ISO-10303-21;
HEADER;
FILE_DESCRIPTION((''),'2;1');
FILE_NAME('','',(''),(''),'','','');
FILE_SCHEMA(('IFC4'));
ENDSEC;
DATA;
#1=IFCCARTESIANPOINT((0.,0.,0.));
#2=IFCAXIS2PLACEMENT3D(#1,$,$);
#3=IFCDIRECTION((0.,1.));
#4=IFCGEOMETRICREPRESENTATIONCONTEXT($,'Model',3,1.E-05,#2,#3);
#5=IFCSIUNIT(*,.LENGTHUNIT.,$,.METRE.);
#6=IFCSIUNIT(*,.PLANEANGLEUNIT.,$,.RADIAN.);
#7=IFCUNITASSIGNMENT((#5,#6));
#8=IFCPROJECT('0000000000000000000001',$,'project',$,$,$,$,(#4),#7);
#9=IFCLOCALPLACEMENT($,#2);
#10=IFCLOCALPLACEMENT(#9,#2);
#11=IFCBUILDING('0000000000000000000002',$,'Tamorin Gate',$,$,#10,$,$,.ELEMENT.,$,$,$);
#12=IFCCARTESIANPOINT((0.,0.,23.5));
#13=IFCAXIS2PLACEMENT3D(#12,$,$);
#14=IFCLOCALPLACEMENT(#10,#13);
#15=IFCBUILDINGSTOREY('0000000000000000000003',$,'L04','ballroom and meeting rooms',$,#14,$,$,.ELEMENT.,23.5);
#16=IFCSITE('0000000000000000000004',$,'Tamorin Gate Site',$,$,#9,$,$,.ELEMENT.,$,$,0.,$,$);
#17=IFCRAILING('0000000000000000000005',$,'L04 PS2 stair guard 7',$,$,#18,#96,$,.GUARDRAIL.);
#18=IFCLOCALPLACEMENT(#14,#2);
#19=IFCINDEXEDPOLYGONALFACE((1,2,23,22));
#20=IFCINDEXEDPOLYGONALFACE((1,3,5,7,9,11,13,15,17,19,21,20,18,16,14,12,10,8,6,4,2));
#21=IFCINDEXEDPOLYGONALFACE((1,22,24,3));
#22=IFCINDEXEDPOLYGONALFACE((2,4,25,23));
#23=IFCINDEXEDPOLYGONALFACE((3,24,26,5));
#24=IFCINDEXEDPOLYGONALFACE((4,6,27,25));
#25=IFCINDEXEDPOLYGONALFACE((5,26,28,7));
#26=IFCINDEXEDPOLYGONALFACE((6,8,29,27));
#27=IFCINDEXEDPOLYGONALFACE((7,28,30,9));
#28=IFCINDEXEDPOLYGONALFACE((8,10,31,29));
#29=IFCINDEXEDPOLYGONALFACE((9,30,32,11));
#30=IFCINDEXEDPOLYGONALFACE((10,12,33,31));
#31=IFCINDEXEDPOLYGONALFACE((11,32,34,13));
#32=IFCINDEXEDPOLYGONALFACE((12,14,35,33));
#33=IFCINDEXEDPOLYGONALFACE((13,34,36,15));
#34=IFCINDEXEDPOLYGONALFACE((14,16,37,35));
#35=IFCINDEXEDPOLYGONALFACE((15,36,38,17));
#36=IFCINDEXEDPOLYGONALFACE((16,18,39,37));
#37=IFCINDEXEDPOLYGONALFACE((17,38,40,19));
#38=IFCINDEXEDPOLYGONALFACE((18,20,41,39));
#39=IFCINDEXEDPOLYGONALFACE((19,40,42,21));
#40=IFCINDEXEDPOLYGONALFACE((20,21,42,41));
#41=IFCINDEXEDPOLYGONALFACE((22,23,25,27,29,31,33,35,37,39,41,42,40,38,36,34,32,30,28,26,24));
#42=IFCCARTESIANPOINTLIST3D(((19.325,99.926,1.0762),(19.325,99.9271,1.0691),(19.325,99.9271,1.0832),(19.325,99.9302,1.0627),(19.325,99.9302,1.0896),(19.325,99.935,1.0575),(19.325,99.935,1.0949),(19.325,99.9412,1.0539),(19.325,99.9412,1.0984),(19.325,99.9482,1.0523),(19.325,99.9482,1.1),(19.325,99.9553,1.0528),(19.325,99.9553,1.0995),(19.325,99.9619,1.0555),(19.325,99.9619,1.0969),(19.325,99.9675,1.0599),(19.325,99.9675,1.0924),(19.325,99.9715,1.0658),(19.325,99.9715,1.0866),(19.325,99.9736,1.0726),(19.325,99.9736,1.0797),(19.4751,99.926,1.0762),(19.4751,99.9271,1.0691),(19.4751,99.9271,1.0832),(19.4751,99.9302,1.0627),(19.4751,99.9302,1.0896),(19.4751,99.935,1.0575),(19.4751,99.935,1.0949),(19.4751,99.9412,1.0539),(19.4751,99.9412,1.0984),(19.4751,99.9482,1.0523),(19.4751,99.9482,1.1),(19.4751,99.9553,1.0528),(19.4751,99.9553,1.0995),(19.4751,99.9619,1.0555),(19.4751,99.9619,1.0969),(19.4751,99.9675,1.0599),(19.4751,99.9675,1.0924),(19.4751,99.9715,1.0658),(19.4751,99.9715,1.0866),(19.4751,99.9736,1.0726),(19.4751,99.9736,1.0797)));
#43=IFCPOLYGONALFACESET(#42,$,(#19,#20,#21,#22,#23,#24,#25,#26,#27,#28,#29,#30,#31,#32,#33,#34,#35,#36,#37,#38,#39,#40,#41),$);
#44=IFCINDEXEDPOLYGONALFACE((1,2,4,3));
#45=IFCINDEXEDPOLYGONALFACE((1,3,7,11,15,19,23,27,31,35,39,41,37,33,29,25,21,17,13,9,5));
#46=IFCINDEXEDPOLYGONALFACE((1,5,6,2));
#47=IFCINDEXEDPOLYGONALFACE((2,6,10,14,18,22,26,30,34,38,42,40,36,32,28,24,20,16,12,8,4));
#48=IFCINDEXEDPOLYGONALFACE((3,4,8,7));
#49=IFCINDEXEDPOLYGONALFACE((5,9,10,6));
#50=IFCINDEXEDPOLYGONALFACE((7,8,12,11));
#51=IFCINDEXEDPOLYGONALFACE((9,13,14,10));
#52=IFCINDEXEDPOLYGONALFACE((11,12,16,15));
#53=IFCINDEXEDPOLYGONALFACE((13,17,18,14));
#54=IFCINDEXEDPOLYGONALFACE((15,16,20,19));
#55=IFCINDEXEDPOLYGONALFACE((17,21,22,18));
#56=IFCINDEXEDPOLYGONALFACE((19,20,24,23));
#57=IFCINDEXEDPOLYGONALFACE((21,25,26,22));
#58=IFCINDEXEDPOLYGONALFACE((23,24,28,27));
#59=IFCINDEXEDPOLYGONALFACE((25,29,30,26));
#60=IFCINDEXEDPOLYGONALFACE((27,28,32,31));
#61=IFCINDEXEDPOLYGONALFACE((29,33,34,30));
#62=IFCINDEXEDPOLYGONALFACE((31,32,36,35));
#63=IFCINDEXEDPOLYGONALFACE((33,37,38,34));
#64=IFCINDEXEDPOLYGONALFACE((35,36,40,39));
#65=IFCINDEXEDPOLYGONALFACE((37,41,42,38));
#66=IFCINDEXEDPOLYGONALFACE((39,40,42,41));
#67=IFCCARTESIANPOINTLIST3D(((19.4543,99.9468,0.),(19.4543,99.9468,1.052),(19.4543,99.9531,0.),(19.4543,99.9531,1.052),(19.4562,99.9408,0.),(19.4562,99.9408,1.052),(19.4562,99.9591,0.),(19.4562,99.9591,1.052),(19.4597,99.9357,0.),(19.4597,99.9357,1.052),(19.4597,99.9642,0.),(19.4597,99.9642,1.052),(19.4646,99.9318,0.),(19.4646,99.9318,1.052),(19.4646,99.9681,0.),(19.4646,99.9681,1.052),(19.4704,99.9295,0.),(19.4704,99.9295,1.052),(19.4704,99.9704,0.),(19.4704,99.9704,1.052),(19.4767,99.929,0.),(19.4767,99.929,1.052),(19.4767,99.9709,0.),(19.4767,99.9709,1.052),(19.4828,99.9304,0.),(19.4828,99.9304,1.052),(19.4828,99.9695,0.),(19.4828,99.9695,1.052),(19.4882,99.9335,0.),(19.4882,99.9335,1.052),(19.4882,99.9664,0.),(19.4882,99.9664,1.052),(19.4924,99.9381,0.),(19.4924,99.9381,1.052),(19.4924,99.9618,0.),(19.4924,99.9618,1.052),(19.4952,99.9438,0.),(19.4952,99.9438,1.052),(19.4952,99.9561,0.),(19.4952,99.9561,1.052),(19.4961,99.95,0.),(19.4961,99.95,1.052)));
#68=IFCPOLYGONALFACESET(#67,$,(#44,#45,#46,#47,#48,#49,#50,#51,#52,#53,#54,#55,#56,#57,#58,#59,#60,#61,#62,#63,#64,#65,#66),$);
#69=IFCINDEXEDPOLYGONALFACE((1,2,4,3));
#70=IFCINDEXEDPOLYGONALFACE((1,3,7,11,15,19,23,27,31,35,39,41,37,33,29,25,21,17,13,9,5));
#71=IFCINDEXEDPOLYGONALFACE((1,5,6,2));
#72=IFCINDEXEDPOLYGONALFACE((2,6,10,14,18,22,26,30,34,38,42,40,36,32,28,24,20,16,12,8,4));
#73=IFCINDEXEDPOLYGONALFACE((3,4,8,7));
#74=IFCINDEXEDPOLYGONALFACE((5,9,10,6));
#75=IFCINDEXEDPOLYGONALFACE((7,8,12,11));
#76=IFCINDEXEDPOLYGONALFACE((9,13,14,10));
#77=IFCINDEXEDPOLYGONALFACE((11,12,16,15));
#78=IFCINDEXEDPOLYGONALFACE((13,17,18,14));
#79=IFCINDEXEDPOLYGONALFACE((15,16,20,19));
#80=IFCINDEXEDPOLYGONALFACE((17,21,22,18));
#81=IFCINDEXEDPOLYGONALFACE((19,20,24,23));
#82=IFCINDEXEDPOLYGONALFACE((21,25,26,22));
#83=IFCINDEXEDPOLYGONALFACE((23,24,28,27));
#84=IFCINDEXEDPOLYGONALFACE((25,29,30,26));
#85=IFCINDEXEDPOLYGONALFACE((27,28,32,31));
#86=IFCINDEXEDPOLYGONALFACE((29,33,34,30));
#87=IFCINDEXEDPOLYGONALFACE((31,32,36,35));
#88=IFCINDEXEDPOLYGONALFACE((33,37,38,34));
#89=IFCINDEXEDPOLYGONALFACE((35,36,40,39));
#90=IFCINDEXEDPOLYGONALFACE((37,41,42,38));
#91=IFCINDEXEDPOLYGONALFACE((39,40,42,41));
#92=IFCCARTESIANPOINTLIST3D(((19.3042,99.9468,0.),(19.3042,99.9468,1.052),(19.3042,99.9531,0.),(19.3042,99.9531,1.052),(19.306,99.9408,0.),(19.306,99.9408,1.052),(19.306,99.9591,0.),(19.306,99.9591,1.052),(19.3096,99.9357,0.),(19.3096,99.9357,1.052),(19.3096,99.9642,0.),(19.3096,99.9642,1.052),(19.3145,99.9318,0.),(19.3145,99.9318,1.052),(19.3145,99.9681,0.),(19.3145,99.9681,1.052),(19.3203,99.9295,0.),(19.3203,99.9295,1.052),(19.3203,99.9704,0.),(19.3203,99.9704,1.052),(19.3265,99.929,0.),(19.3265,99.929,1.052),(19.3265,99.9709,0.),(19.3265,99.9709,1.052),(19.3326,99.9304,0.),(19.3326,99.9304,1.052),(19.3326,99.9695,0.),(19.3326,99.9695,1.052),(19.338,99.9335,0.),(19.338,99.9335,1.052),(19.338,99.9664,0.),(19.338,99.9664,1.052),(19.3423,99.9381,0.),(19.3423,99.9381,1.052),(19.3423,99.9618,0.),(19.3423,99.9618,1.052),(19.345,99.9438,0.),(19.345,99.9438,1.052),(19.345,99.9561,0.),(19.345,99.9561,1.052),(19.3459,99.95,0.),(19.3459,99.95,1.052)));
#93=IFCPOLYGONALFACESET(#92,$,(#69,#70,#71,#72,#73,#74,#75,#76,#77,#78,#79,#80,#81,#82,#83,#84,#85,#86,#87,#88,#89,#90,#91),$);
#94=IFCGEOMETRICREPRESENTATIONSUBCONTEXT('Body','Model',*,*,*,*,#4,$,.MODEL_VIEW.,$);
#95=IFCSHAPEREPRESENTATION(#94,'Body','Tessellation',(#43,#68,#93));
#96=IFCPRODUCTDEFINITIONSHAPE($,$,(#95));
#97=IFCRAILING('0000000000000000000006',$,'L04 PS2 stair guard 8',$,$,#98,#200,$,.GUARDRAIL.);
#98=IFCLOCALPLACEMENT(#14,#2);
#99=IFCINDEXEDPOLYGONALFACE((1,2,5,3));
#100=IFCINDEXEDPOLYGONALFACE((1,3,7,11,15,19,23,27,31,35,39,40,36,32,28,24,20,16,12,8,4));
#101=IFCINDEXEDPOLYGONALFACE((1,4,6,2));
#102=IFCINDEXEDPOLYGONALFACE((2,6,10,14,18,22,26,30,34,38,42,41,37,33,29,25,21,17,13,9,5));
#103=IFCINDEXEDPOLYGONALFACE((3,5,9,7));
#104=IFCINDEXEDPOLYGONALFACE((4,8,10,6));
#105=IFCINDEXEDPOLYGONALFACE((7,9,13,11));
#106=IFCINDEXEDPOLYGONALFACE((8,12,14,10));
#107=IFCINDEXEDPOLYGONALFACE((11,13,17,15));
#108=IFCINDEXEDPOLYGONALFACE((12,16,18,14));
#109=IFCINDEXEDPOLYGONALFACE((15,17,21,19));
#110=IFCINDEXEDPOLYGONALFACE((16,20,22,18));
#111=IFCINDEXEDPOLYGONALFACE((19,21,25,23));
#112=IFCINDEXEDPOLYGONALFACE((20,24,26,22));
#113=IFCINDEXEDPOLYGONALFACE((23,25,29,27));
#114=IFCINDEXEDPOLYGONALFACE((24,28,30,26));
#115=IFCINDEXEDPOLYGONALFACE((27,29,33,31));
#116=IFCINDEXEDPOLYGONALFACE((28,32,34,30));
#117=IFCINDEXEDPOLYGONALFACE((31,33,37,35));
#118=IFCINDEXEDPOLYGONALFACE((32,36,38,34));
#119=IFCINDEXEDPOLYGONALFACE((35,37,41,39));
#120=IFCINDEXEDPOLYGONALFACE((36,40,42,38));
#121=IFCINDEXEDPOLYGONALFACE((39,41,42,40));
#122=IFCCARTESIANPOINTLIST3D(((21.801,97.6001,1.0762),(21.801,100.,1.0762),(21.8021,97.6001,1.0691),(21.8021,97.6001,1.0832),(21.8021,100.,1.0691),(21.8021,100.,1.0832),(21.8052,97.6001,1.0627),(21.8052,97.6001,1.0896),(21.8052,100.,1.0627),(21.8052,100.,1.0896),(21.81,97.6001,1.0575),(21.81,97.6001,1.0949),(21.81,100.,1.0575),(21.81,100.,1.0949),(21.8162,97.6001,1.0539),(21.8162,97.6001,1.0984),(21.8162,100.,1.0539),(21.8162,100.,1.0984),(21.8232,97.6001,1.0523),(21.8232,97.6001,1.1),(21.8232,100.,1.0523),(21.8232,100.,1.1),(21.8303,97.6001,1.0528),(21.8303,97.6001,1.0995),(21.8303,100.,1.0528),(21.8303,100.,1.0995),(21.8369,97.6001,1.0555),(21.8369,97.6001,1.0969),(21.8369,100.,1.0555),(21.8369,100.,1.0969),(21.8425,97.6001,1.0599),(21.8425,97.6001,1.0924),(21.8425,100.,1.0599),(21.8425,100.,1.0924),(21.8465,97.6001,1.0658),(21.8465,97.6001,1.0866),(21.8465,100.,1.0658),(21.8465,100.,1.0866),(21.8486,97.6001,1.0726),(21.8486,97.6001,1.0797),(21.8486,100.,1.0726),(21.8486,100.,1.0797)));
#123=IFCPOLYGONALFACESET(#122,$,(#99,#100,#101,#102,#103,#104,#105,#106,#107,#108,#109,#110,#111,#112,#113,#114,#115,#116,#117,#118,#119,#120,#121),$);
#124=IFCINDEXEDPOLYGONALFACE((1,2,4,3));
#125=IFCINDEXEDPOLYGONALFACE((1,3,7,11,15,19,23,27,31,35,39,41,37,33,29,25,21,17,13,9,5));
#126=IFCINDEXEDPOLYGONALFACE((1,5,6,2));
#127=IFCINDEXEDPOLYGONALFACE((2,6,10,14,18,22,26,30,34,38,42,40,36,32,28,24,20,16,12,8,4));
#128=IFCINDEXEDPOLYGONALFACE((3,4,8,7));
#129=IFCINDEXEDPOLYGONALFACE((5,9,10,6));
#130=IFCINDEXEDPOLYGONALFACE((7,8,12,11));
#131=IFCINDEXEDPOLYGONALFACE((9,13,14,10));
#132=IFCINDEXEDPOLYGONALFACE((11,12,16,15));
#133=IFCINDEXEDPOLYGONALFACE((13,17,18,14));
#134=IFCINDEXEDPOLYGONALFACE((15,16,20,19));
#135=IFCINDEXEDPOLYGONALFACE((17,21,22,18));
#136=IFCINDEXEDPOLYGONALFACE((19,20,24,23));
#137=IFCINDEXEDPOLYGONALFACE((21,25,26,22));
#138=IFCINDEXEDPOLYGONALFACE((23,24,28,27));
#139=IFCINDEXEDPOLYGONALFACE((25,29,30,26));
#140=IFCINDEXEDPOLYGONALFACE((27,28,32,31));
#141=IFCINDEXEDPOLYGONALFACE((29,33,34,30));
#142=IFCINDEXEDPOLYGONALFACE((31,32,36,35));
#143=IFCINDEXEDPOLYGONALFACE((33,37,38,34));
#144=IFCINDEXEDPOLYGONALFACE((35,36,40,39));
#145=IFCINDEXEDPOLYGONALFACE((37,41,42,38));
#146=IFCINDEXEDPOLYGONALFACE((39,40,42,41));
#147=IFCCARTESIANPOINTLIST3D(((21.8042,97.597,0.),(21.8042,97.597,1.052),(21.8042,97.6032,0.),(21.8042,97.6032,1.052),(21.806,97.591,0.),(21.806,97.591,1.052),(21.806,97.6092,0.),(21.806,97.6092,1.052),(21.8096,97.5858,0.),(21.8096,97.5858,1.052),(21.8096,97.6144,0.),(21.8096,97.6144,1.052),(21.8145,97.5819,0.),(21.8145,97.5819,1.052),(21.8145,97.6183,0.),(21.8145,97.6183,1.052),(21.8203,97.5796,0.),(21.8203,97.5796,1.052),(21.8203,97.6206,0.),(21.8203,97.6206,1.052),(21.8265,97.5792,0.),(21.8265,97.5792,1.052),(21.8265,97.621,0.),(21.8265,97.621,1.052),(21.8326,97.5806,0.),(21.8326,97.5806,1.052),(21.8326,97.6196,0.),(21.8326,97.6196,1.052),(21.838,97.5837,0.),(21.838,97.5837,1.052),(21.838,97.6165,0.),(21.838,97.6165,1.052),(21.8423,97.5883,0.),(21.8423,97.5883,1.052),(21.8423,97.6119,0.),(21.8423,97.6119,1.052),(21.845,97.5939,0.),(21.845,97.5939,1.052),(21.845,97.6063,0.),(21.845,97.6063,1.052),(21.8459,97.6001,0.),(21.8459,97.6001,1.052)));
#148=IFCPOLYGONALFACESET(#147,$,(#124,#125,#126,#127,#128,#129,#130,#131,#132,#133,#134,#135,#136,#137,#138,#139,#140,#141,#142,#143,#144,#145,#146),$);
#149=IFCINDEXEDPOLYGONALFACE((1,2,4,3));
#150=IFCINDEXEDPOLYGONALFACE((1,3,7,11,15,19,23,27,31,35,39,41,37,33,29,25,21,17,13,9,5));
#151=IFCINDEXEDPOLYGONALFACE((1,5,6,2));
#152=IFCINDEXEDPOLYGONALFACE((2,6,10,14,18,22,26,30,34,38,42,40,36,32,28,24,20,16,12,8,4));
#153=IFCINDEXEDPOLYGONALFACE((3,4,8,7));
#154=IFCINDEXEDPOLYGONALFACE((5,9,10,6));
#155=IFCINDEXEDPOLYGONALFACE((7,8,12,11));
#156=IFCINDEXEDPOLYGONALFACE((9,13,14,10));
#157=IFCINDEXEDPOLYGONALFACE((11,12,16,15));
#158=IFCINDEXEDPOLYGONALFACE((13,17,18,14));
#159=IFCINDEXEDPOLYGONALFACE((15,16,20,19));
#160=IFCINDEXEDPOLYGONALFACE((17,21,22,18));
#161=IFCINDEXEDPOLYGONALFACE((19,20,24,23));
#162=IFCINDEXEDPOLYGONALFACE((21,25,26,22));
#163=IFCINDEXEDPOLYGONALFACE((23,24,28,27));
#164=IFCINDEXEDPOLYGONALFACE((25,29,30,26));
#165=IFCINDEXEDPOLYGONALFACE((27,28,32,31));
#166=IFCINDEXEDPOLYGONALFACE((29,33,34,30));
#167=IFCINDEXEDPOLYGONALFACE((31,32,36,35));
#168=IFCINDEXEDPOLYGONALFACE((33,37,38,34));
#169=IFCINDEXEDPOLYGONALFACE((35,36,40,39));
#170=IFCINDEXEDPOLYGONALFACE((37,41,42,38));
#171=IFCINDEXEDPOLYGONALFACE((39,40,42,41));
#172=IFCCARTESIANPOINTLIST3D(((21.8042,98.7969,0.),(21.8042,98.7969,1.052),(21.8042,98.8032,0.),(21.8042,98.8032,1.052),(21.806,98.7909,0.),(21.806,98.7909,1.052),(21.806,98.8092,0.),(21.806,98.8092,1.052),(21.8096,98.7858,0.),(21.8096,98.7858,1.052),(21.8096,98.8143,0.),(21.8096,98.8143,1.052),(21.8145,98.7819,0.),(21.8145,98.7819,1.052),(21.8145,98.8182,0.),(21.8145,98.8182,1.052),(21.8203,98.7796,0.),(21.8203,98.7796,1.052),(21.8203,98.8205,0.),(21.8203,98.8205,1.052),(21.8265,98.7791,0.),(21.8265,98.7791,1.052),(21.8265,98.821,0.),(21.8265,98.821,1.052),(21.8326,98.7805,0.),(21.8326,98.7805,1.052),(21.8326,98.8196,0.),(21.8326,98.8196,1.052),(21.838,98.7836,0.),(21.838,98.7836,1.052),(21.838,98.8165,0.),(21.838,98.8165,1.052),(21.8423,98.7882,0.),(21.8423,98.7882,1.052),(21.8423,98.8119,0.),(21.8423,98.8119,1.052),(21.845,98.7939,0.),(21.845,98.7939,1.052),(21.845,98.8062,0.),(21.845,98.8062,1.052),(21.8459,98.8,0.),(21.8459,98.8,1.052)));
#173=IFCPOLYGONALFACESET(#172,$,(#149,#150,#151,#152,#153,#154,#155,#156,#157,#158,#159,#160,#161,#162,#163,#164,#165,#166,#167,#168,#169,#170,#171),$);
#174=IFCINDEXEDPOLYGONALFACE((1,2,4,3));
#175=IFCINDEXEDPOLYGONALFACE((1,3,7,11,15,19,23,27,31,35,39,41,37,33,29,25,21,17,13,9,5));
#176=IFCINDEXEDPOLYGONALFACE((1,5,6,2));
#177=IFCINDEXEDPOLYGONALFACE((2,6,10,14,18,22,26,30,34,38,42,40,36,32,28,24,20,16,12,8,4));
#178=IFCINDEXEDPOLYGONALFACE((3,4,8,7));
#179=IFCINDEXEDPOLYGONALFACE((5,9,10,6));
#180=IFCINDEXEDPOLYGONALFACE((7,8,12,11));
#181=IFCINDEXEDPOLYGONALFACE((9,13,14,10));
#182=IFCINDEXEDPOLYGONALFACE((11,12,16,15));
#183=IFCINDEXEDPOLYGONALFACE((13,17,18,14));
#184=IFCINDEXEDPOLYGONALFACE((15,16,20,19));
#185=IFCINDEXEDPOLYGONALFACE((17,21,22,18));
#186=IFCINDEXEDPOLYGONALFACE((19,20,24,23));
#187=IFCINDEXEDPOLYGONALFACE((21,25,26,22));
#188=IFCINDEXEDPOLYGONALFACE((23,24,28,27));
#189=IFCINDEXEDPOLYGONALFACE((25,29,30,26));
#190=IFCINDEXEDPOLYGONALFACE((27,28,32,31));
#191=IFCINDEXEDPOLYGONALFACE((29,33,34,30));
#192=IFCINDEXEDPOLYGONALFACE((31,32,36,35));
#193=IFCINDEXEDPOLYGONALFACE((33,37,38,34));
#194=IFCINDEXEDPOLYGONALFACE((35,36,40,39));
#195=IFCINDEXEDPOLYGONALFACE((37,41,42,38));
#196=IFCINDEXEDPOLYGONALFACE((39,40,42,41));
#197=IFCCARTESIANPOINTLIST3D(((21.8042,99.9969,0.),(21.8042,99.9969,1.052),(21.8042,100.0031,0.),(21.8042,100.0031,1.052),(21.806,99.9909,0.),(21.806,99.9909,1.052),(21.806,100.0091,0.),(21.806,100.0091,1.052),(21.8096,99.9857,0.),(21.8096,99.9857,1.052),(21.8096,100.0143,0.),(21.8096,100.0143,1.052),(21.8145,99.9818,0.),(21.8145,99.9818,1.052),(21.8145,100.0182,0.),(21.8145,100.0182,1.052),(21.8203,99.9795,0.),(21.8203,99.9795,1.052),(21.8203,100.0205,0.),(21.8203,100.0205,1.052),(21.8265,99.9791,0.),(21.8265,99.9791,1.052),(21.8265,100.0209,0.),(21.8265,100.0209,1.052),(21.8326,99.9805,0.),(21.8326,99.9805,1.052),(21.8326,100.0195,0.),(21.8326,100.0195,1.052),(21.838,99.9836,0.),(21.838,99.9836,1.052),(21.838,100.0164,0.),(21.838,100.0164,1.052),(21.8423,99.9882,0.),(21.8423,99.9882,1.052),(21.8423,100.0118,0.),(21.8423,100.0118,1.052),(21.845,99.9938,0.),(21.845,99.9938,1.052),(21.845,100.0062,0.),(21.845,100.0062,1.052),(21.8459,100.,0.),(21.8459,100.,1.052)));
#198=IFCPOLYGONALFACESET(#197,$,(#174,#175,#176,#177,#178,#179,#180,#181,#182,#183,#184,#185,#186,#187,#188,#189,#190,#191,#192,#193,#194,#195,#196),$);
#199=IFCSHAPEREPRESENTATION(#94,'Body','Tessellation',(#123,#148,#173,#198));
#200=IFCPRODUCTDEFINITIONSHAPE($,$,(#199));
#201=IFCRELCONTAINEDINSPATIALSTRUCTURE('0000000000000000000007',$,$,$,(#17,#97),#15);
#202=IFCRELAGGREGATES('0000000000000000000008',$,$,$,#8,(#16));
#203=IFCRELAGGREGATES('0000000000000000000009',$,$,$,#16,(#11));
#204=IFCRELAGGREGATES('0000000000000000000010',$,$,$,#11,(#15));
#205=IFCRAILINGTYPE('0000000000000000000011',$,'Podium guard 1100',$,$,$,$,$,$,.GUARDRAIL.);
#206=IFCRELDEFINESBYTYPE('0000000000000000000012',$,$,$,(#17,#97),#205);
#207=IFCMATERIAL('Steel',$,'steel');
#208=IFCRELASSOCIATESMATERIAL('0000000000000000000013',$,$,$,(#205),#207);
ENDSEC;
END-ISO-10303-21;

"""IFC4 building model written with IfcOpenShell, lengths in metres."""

from ifc_helpers import new_model, si_unit, direction, frame, origin, origin_2d, place, context, subcontext, project, spatial, circle, extrude, material, type_object, element, save


model = new_model("IFC4")

# Units and contexts
model_context = context("Model", 3, precision=1e-05, world=origin(), true_north=direction((0.0, 1.0)))
body_context = subcontext(model_context, "Body", "Model", "MODEL_VIEW")
ifc_project = project(units=[si_unit("LENGTHUNIT", "METRE"), si_unit("PLANEANGLEUNIT", "RADIAN")], contexts=[model_context])

# Site, building, storey
site_placement = place(None, origin())
site = spatial("IfcSite", under=ifc_project, at=site_placement, Name="Tamorin Gate Site", CompositionType="ELEMENT", RefElevation=0.0)
building_placement = place(site_placement, origin())
building = spatial("IfcBuilding", under=site, at=building_placement, Name="Tamorin Gate", CompositionType="ELEMENT")
storey_placement = place(building_placement, frame((0.0, 0.0, 23.5)))
storey = spatial("IfcBuildingStorey", under=building, at=storey_placement, Name="L04", Description="ballroom and meeting rooms", CompositionType="ELEMENT", Elevation=23.5)

# Railings
ifc_material_1 = material(Name="Steel", Category="steel")
railing_type_1 = type_object("IfcRailingType", Name="Podium guard 1100", PredefinedType="GUARDRAIL", material=ifc_material_1)
railing_1_placement = place(storey_placement, frame((19.4751, 99.95, 0.0)))
element("IfcRailing", 1, at=railing_1_placement, inside=storey, type_object=railing_type_1, Name="L04 PS2 stair guard 7", PredefinedType="GUARDRAIL", context=body_context, shape_type="SweptSolid", body=[
    extrude(circle(Radius=0.0239, at=origin_2d()), frame((0.0, 0.0, 1.0762), z_axis=(-1.0, 0.0, 0.0), x_axis=(0.0, -1.0, 0.0)), (0.0, 0.0, 1.0), 0.1501),
    extrude(circle(Radius=0.021, at=origin_2d()), origin(), (0.0, 0.0, 1.0), 1.052),
    extrude(circle(Radius=0.021, at=origin_2d()), frame((-0.1501, 0.0, 0.0)), (0.0, 0.0, 1.0), 1.052),
])
for number, where, name in (
    (2, (21.825, 97.6001, 0.0), "L04 PS2 stair guard 8"),
):
    element("IfcRailing", number, at=place(storey_placement, frame(where)), inside=storey, type_object=railing_type_1, Name=name, PredefinedType="GUARDRAIL", context=body_context, shape_type="SweptSolid", body=[
        extrude(circle(Radius=0.0239, at=origin_2d()), frame((0.0, 0.0, 1.0762), z_axis=(0.0, 1.0, 0.0), x_axis=(-1.0, 0.0, 0.0)), (0.0, 0.0, 1.0), 2.3999),
        extrude(circle(Radius=0.021, at=origin_2d()), origin(), (0.0, 0.0, 1.0), 1.052),
        extrude(circle(Radius=0.021, at=origin_2d()), frame((0.0, 1.2, 0.0)), (0.0, 0.0, 1.0), 1.052),
        extrude(circle(Radius=0.021, at=origin_2d()), frame((0.0, 2.3999, 0.0)), (0.0, 0.0, 1.0), 1.052),
    ])

save(model, "model.ifc")
